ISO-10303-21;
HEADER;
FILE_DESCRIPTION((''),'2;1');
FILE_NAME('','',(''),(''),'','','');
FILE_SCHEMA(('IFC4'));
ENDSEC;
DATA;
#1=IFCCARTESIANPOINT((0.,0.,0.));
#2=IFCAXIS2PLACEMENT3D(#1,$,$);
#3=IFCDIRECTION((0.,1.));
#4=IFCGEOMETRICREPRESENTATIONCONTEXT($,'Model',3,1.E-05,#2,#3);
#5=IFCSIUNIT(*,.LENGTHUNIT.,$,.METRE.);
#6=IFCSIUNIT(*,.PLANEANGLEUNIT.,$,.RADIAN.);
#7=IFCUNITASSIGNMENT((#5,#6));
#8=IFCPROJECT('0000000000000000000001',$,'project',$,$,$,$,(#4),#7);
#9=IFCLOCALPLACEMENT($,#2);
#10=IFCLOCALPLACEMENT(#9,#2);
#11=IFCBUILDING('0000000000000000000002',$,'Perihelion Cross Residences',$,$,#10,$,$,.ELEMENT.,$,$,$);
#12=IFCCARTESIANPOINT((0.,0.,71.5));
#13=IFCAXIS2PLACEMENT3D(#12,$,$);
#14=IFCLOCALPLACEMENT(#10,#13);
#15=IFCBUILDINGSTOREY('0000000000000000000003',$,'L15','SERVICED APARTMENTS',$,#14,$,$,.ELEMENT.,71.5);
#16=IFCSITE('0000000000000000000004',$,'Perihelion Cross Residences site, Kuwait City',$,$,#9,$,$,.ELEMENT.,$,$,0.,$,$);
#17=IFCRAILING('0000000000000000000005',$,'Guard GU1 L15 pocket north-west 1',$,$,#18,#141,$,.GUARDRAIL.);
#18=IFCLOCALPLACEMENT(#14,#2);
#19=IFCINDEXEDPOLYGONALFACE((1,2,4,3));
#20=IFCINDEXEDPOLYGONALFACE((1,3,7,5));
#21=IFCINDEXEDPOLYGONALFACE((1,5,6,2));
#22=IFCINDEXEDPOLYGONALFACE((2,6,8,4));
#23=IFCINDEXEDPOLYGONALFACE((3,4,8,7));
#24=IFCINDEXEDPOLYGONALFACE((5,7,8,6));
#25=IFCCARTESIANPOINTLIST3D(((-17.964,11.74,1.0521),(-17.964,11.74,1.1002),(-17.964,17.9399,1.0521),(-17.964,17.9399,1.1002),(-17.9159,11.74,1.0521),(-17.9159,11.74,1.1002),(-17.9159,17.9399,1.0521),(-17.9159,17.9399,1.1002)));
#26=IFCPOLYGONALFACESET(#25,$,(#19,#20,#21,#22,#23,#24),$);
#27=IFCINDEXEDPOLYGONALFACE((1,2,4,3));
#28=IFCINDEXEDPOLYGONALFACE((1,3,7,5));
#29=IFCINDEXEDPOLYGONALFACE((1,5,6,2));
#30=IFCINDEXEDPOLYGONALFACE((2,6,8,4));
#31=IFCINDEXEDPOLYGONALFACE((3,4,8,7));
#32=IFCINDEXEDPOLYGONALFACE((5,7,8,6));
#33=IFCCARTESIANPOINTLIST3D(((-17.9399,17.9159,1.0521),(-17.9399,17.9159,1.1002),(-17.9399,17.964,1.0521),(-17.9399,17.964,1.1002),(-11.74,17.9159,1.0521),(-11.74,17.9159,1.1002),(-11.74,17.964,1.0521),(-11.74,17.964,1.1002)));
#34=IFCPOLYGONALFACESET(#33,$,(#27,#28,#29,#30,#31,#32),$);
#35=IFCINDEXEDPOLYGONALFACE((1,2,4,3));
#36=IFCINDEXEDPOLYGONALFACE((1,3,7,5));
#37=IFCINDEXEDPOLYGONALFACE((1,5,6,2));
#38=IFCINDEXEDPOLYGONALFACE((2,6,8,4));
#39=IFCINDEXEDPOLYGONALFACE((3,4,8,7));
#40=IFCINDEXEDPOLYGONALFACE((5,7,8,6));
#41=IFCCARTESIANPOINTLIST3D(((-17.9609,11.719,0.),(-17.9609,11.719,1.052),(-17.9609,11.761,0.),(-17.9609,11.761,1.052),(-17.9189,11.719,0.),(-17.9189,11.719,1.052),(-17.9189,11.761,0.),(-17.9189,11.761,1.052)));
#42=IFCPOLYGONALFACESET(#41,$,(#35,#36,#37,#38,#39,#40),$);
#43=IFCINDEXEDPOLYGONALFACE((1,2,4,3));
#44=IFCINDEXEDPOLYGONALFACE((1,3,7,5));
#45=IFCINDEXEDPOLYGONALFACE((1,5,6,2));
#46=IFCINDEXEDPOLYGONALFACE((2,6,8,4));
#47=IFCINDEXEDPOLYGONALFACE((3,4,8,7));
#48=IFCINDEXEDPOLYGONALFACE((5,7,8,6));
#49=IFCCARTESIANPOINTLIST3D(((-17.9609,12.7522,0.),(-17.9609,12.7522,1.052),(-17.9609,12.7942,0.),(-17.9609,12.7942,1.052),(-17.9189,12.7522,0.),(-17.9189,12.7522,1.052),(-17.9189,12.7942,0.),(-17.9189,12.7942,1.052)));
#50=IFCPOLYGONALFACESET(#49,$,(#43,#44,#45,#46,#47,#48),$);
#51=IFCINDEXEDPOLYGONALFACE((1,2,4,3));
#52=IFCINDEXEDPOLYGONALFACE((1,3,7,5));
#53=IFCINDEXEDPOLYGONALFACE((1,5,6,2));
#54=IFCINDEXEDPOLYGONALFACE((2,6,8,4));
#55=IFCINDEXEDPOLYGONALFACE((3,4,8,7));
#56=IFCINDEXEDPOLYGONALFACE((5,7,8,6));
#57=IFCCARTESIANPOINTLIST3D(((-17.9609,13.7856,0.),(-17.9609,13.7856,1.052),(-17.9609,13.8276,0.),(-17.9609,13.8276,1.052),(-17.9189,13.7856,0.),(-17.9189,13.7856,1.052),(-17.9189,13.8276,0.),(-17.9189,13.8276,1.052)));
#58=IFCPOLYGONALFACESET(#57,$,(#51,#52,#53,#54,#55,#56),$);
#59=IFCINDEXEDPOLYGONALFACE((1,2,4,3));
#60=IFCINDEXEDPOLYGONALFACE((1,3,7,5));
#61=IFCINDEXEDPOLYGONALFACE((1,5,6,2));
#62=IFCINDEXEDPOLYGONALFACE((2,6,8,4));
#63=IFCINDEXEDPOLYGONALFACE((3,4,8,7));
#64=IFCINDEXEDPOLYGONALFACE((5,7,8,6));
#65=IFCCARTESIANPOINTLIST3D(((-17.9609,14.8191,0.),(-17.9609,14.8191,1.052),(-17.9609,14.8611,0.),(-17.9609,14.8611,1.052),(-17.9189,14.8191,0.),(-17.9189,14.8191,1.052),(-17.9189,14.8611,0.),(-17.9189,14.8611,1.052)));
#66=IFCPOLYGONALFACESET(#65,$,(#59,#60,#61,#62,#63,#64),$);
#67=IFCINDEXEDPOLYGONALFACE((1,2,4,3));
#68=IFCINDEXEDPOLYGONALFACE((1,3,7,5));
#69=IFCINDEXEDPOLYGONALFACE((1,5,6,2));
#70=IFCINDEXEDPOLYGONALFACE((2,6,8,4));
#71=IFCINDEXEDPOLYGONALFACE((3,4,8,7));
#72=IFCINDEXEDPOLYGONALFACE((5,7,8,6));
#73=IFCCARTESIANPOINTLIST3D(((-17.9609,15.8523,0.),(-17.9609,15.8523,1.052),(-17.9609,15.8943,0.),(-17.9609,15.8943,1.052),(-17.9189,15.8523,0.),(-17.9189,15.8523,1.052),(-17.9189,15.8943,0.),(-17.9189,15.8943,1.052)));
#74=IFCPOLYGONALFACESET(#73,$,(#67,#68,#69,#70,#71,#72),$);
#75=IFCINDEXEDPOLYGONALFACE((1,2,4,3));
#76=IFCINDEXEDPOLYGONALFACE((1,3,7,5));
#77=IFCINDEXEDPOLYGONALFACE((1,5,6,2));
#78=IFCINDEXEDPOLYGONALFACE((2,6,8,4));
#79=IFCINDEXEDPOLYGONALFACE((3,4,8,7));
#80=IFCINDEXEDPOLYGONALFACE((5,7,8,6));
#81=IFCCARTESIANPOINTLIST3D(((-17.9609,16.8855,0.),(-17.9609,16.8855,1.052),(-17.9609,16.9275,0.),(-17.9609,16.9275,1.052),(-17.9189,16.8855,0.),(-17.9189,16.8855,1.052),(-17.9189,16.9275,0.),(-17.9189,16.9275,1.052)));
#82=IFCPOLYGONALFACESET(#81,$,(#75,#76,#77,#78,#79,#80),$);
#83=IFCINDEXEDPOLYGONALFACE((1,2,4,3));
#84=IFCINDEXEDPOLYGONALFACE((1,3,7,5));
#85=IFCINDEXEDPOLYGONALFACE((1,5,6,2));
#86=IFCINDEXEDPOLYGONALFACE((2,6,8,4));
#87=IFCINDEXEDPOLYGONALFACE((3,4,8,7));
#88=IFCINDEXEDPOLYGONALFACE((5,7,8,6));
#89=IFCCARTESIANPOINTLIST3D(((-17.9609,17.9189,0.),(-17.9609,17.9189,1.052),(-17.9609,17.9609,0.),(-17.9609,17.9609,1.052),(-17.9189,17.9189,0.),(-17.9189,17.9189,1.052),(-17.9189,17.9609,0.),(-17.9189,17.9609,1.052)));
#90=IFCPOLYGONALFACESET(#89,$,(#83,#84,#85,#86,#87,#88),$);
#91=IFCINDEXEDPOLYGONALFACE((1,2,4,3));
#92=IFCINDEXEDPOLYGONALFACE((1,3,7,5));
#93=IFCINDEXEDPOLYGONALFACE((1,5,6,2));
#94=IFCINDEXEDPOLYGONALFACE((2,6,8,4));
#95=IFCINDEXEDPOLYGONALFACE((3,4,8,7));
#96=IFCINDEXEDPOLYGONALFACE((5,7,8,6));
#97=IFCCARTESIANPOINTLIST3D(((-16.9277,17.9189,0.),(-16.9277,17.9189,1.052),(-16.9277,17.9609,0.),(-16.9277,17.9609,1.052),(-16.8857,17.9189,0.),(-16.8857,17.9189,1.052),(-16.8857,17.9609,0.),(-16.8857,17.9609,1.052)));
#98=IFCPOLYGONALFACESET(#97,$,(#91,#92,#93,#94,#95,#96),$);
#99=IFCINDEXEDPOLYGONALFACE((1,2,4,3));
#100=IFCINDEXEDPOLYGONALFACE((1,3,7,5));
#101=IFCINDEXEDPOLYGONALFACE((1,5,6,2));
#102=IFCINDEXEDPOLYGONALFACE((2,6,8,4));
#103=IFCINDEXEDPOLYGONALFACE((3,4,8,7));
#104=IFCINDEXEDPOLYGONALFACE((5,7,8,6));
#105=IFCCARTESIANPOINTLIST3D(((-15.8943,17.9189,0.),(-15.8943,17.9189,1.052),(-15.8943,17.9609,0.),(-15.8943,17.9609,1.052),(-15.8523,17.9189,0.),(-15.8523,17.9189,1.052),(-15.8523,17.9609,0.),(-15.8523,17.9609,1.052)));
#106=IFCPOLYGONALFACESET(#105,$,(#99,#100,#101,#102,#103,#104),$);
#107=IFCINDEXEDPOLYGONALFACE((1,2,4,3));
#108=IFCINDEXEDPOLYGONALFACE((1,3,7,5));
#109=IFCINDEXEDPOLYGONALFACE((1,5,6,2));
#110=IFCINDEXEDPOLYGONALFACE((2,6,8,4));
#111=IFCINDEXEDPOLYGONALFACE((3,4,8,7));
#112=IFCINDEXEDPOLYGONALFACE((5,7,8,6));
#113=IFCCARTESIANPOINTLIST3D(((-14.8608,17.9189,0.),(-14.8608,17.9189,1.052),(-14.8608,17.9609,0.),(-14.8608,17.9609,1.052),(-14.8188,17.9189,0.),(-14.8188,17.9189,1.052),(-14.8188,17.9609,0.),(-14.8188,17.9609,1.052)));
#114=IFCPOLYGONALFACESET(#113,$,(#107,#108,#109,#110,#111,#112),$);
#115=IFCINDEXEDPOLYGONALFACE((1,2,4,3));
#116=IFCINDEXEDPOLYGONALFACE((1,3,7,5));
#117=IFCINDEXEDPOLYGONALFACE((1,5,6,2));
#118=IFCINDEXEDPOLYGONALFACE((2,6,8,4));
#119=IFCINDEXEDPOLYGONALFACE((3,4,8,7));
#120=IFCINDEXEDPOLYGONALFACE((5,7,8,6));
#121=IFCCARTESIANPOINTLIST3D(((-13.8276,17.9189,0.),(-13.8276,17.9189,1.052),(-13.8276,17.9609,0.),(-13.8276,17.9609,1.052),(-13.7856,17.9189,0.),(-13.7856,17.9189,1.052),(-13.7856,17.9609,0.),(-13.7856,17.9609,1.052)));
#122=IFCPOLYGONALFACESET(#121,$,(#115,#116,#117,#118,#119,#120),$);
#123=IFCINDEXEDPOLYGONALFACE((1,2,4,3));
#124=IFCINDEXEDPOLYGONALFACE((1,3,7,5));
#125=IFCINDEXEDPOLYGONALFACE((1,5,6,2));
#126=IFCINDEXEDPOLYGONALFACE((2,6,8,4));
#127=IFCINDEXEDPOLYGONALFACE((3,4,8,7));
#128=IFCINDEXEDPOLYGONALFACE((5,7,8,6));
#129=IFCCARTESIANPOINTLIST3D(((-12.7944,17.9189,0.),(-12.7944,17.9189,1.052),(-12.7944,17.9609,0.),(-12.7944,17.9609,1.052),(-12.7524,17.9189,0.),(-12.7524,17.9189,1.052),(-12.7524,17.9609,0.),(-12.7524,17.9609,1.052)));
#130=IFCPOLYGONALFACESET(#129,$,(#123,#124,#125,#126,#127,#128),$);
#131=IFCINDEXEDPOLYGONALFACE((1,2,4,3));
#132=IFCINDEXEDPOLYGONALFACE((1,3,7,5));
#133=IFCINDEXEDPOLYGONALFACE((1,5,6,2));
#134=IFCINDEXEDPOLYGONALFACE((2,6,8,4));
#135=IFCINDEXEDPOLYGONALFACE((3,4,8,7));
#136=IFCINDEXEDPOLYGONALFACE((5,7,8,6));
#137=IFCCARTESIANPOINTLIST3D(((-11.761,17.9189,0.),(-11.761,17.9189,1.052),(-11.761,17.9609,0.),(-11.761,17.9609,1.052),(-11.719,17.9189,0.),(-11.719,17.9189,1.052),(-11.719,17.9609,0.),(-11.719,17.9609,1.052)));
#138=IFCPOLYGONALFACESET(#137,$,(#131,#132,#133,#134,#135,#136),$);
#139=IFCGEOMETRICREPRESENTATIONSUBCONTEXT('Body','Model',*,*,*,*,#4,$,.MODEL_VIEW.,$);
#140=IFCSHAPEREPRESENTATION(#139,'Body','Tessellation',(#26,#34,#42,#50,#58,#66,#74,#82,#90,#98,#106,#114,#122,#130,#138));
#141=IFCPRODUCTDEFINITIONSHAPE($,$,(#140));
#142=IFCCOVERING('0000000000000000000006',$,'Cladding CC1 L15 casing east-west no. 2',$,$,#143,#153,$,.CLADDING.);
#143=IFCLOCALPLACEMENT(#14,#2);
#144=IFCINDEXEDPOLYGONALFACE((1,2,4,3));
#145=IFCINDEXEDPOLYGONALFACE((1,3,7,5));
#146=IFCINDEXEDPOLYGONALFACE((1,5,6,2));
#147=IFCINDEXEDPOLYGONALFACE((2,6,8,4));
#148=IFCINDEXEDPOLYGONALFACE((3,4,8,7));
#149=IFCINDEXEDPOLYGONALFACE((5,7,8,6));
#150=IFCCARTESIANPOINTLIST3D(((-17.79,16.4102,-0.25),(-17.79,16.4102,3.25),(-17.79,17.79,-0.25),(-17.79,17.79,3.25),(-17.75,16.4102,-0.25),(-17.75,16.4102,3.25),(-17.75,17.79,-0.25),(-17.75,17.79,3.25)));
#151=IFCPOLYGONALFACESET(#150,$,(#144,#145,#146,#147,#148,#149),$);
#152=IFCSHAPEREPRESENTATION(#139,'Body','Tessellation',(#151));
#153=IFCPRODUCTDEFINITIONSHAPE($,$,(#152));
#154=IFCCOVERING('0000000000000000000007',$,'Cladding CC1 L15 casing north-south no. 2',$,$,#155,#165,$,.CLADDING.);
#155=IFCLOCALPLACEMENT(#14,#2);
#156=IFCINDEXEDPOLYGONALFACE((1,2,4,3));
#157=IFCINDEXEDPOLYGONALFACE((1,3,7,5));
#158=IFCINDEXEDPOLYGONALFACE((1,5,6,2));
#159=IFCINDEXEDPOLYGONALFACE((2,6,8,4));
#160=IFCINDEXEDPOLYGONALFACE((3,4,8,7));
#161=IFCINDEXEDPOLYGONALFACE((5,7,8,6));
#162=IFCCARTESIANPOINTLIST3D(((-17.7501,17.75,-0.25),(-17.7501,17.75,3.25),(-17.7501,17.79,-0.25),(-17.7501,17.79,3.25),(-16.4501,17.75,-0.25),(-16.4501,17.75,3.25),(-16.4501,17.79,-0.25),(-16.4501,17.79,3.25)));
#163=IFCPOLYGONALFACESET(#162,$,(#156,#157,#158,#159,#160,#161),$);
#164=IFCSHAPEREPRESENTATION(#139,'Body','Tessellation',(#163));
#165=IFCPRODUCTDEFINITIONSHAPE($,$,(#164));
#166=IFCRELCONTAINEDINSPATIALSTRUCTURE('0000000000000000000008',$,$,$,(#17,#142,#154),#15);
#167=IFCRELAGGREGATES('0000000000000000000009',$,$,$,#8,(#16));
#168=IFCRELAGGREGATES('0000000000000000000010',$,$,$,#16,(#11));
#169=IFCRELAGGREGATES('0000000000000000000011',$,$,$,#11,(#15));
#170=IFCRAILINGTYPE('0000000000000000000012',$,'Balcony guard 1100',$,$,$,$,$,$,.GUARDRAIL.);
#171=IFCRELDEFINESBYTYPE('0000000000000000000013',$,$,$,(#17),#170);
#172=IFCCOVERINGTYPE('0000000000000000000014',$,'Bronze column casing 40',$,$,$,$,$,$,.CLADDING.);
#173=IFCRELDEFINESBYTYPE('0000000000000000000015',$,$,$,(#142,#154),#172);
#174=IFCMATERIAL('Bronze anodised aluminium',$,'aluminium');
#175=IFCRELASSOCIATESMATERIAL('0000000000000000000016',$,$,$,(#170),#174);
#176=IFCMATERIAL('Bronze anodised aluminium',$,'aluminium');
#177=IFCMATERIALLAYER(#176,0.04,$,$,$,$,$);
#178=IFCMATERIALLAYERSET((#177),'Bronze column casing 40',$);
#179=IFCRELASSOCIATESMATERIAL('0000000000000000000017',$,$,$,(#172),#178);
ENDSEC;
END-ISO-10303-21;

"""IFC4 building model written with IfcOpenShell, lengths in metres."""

from ifc_helpers import new_model, si_unit, direction, frame, origin, origin_2d, place, context, subcontext, project, spatial, rectangle, extrude, material, layer, layer_set, type_object, element, save


model = new_model("IFC4")

# Units and contexts
model_context = context("Model", 3, precision=1e-05, world=origin(), true_north=direction((0.0, 1.0)))
body_context = subcontext(model_context, "Body", "Model", "MODEL_VIEW")
ifc_project = project(units=[si_unit("LENGTHUNIT", "METRE"), si_unit("PLANEANGLEUNIT", "RADIAN")], contexts=[model_context])

# Site, building, storey
site_placement = place(None, origin())
site = spatial("IfcSite", under=ifc_project, at=site_placement, Name="Perihelion Cross Residences site, Kuwait City", CompositionType="ELEMENT", RefElevation=0.0)
building_placement = place(site_placement, origin())
building = spatial("IfcBuilding", under=site, at=building_placement, Name="Perihelion Cross Residences", CompositionType="ELEMENT")
storey_placement = place(building_placement, frame((0.0, 0.0, 71.5)))
storey = spatial("IfcBuildingStorey", under=building, at=storey_placement, Name="L15", Description="SERVICED APARTMENTS", CompositionType="ELEMENT", Elevation=71.5)

# Railing
ifc_material_1 = material(Name="Bronze anodised aluminium", Category="aluminium")
railing_type = type_object("IfcRailingType", Name="Balcony guard 1100", PredefinedType="GUARDRAIL", material=ifc_material_1)
railing_1_placement = place(storey_placement, frame((-17.9399, 11.74, 0.0)))
element("IfcRailing", 1, at=railing_1_placement, inside=storey, type_object=railing_type, Name="Guard GU1 L15 pocket north-west 1", PredefinedType="GUARDRAIL", context=body_context, shape_type="SweptSolid", body=[
    extrude(rectangle(XDim=0.0481, YDim=0.0481, at=origin_2d()), frame((0.0, 0.0, 1.0762), z_axis=(0.0, 1.0, 0.0), x_axis=(-1.0, 0.0, 0.0)), (0.0, 0.0, 1.0), 6.2),
    extrude(rectangle(XDim=0.0481, YDim=0.0481, at=origin_2d()), frame((0.0, 6.2, 1.0762), z_axis=(1.0, 0.0, 0.0), x_axis=(0.0, 1.0, 0.0)), (0.0, 0.0, 1.0), 6.2),
    extrude(rectangle(XDim=0.042, YDim=0.042, at=origin_2d()), origin(), (0.0, 0.0, 1.0), 1.052),
    extrude(rectangle(XDim=0.042, YDim=0.042, at=origin_2d()), frame((0.0, 1.0332, 0.0)), (0.0, 0.0, 1.0), 1.052),
    extrude(rectangle(XDim=0.042, YDim=0.042, at=origin_2d()), frame((0.0, 2.0667, 0.0)), (0.0, 0.0, 1.0), 1.052),
    extrude(rectangle(XDim=0.042, YDim=0.042, at=origin_2d()), frame((0.0, 3.1001, 0.0)), (0.0, 0.0, 1.0), 1.052),
    extrude(rectangle(XDim=0.042, YDim=0.042, at=origin_2d()), frame((0.0, 4.1333, 0.0)), (0.0, 0.0, 1.0), 1.052),
    extrude(rectangle(XDim=0.042, YDim=0.042, at=origin_2d()), frame((0.0, 5.1665, 0.0)), (0.0, 0.0, 1.0), 1.052),
    extrude(rectangle(XDim=0.042, YDim=0.042, at=origin_2d()), frame((0.0, 6.2, 0.0)), (0.0, 0.0, 1.0), 1.052),
    extrude(rectangle(XDim=0.042, YDim=0.042, at=origin_2d()), frame((1.0332, 6.2, 0.0)), (0.0, 0.0, 1.0), 1.052),
    extrude(rectangle(XDim=0.042, YDim=0.042, at=origin_2d()), frame((2.0667, 6.2, 0.0)), (0.0, 0.0, 1.0), 1.052),
    extrude(rectangle(XDim=0.042, YDim=0.042, at=origin_2d()), frame((3.1001, 6.2, 0.0)), (0.0, 0.0, 1.0), 1.052),
    extrude(rectangle(XDim=0.042, YDim=0.042, at=origin_2d()), frame((4.1333, 6.2, 0.0)), (0.0, 0.0, 1.0), 1.052),
    extrude(rectangle(XDim=0.042, YDim=0.042, at=origin_2d()), frame((5.1665, 6.2, 0.0)), (0.0, 0.0, 1.0), 1.052),
    extrude(rectangle(XDim=0.042, YDim=0.042, at=origin_2d()), frame((6.2, 6.2, 0.0)), (0.0, 0.0, 1.0), 1.052),
])

# Coverings
ifc_material_2 = material(Name="Bronze anodised aluminium", Category="aluminium")
ifc_layer_1 = layer(ifc_material_2, 0.04)
ifc_layer_set_1 = layer_set([ifc_layer_1], Name="Bronze column casing 40")
covering_type = type_object("IfcCoveringType", Name="Bronze column casing 40", PredefinedType="CLADDING", material=ifc_layer_set_1)
covering_1_placement = place(storey_placement, frame((-17.77, 17.1001, -0.25), z_axis=(0.0, 0.0, 1.0), x_axis=(1.0, 0.0, 0.0)))
element("IfcCovering", 2, at=covering_1_placement, inside=storey, type_object=covering_type, Name="Cladding CC1 L15 casing east-west no. 2", PredefinedType="CLADDING", context=body_context, shape_type="SweptSolid", body=[
    extrude(rectangle(XDim=0.04, YDim=1.3799, at=origin_2d()), origin(), (0.0, 0.0, 1.0), 3.5),
])
covering_2_placement = place(storey_placement, frame((-17.1001, 17.77, -0.25), z_axis=(0.0, 0.0, 1.0), x_axis=(1.0, 0.0, 0.0)))
element("IfcCovering", 3, at=covering_2_placement, inside=storey, type_object=covering_type, Name="Cladding CC1 L15 casing north-south no. 2", PredefinedType="CLADDING", context=body_context, shape_type="SweptSolid", body=[
    extrude(rectangle(XDim=1.3, YDim=0.04, at=origin_2d()), origin(), (0.0, 0.0, 1.0), 3.5),
])

save(model, "model.ifc")
